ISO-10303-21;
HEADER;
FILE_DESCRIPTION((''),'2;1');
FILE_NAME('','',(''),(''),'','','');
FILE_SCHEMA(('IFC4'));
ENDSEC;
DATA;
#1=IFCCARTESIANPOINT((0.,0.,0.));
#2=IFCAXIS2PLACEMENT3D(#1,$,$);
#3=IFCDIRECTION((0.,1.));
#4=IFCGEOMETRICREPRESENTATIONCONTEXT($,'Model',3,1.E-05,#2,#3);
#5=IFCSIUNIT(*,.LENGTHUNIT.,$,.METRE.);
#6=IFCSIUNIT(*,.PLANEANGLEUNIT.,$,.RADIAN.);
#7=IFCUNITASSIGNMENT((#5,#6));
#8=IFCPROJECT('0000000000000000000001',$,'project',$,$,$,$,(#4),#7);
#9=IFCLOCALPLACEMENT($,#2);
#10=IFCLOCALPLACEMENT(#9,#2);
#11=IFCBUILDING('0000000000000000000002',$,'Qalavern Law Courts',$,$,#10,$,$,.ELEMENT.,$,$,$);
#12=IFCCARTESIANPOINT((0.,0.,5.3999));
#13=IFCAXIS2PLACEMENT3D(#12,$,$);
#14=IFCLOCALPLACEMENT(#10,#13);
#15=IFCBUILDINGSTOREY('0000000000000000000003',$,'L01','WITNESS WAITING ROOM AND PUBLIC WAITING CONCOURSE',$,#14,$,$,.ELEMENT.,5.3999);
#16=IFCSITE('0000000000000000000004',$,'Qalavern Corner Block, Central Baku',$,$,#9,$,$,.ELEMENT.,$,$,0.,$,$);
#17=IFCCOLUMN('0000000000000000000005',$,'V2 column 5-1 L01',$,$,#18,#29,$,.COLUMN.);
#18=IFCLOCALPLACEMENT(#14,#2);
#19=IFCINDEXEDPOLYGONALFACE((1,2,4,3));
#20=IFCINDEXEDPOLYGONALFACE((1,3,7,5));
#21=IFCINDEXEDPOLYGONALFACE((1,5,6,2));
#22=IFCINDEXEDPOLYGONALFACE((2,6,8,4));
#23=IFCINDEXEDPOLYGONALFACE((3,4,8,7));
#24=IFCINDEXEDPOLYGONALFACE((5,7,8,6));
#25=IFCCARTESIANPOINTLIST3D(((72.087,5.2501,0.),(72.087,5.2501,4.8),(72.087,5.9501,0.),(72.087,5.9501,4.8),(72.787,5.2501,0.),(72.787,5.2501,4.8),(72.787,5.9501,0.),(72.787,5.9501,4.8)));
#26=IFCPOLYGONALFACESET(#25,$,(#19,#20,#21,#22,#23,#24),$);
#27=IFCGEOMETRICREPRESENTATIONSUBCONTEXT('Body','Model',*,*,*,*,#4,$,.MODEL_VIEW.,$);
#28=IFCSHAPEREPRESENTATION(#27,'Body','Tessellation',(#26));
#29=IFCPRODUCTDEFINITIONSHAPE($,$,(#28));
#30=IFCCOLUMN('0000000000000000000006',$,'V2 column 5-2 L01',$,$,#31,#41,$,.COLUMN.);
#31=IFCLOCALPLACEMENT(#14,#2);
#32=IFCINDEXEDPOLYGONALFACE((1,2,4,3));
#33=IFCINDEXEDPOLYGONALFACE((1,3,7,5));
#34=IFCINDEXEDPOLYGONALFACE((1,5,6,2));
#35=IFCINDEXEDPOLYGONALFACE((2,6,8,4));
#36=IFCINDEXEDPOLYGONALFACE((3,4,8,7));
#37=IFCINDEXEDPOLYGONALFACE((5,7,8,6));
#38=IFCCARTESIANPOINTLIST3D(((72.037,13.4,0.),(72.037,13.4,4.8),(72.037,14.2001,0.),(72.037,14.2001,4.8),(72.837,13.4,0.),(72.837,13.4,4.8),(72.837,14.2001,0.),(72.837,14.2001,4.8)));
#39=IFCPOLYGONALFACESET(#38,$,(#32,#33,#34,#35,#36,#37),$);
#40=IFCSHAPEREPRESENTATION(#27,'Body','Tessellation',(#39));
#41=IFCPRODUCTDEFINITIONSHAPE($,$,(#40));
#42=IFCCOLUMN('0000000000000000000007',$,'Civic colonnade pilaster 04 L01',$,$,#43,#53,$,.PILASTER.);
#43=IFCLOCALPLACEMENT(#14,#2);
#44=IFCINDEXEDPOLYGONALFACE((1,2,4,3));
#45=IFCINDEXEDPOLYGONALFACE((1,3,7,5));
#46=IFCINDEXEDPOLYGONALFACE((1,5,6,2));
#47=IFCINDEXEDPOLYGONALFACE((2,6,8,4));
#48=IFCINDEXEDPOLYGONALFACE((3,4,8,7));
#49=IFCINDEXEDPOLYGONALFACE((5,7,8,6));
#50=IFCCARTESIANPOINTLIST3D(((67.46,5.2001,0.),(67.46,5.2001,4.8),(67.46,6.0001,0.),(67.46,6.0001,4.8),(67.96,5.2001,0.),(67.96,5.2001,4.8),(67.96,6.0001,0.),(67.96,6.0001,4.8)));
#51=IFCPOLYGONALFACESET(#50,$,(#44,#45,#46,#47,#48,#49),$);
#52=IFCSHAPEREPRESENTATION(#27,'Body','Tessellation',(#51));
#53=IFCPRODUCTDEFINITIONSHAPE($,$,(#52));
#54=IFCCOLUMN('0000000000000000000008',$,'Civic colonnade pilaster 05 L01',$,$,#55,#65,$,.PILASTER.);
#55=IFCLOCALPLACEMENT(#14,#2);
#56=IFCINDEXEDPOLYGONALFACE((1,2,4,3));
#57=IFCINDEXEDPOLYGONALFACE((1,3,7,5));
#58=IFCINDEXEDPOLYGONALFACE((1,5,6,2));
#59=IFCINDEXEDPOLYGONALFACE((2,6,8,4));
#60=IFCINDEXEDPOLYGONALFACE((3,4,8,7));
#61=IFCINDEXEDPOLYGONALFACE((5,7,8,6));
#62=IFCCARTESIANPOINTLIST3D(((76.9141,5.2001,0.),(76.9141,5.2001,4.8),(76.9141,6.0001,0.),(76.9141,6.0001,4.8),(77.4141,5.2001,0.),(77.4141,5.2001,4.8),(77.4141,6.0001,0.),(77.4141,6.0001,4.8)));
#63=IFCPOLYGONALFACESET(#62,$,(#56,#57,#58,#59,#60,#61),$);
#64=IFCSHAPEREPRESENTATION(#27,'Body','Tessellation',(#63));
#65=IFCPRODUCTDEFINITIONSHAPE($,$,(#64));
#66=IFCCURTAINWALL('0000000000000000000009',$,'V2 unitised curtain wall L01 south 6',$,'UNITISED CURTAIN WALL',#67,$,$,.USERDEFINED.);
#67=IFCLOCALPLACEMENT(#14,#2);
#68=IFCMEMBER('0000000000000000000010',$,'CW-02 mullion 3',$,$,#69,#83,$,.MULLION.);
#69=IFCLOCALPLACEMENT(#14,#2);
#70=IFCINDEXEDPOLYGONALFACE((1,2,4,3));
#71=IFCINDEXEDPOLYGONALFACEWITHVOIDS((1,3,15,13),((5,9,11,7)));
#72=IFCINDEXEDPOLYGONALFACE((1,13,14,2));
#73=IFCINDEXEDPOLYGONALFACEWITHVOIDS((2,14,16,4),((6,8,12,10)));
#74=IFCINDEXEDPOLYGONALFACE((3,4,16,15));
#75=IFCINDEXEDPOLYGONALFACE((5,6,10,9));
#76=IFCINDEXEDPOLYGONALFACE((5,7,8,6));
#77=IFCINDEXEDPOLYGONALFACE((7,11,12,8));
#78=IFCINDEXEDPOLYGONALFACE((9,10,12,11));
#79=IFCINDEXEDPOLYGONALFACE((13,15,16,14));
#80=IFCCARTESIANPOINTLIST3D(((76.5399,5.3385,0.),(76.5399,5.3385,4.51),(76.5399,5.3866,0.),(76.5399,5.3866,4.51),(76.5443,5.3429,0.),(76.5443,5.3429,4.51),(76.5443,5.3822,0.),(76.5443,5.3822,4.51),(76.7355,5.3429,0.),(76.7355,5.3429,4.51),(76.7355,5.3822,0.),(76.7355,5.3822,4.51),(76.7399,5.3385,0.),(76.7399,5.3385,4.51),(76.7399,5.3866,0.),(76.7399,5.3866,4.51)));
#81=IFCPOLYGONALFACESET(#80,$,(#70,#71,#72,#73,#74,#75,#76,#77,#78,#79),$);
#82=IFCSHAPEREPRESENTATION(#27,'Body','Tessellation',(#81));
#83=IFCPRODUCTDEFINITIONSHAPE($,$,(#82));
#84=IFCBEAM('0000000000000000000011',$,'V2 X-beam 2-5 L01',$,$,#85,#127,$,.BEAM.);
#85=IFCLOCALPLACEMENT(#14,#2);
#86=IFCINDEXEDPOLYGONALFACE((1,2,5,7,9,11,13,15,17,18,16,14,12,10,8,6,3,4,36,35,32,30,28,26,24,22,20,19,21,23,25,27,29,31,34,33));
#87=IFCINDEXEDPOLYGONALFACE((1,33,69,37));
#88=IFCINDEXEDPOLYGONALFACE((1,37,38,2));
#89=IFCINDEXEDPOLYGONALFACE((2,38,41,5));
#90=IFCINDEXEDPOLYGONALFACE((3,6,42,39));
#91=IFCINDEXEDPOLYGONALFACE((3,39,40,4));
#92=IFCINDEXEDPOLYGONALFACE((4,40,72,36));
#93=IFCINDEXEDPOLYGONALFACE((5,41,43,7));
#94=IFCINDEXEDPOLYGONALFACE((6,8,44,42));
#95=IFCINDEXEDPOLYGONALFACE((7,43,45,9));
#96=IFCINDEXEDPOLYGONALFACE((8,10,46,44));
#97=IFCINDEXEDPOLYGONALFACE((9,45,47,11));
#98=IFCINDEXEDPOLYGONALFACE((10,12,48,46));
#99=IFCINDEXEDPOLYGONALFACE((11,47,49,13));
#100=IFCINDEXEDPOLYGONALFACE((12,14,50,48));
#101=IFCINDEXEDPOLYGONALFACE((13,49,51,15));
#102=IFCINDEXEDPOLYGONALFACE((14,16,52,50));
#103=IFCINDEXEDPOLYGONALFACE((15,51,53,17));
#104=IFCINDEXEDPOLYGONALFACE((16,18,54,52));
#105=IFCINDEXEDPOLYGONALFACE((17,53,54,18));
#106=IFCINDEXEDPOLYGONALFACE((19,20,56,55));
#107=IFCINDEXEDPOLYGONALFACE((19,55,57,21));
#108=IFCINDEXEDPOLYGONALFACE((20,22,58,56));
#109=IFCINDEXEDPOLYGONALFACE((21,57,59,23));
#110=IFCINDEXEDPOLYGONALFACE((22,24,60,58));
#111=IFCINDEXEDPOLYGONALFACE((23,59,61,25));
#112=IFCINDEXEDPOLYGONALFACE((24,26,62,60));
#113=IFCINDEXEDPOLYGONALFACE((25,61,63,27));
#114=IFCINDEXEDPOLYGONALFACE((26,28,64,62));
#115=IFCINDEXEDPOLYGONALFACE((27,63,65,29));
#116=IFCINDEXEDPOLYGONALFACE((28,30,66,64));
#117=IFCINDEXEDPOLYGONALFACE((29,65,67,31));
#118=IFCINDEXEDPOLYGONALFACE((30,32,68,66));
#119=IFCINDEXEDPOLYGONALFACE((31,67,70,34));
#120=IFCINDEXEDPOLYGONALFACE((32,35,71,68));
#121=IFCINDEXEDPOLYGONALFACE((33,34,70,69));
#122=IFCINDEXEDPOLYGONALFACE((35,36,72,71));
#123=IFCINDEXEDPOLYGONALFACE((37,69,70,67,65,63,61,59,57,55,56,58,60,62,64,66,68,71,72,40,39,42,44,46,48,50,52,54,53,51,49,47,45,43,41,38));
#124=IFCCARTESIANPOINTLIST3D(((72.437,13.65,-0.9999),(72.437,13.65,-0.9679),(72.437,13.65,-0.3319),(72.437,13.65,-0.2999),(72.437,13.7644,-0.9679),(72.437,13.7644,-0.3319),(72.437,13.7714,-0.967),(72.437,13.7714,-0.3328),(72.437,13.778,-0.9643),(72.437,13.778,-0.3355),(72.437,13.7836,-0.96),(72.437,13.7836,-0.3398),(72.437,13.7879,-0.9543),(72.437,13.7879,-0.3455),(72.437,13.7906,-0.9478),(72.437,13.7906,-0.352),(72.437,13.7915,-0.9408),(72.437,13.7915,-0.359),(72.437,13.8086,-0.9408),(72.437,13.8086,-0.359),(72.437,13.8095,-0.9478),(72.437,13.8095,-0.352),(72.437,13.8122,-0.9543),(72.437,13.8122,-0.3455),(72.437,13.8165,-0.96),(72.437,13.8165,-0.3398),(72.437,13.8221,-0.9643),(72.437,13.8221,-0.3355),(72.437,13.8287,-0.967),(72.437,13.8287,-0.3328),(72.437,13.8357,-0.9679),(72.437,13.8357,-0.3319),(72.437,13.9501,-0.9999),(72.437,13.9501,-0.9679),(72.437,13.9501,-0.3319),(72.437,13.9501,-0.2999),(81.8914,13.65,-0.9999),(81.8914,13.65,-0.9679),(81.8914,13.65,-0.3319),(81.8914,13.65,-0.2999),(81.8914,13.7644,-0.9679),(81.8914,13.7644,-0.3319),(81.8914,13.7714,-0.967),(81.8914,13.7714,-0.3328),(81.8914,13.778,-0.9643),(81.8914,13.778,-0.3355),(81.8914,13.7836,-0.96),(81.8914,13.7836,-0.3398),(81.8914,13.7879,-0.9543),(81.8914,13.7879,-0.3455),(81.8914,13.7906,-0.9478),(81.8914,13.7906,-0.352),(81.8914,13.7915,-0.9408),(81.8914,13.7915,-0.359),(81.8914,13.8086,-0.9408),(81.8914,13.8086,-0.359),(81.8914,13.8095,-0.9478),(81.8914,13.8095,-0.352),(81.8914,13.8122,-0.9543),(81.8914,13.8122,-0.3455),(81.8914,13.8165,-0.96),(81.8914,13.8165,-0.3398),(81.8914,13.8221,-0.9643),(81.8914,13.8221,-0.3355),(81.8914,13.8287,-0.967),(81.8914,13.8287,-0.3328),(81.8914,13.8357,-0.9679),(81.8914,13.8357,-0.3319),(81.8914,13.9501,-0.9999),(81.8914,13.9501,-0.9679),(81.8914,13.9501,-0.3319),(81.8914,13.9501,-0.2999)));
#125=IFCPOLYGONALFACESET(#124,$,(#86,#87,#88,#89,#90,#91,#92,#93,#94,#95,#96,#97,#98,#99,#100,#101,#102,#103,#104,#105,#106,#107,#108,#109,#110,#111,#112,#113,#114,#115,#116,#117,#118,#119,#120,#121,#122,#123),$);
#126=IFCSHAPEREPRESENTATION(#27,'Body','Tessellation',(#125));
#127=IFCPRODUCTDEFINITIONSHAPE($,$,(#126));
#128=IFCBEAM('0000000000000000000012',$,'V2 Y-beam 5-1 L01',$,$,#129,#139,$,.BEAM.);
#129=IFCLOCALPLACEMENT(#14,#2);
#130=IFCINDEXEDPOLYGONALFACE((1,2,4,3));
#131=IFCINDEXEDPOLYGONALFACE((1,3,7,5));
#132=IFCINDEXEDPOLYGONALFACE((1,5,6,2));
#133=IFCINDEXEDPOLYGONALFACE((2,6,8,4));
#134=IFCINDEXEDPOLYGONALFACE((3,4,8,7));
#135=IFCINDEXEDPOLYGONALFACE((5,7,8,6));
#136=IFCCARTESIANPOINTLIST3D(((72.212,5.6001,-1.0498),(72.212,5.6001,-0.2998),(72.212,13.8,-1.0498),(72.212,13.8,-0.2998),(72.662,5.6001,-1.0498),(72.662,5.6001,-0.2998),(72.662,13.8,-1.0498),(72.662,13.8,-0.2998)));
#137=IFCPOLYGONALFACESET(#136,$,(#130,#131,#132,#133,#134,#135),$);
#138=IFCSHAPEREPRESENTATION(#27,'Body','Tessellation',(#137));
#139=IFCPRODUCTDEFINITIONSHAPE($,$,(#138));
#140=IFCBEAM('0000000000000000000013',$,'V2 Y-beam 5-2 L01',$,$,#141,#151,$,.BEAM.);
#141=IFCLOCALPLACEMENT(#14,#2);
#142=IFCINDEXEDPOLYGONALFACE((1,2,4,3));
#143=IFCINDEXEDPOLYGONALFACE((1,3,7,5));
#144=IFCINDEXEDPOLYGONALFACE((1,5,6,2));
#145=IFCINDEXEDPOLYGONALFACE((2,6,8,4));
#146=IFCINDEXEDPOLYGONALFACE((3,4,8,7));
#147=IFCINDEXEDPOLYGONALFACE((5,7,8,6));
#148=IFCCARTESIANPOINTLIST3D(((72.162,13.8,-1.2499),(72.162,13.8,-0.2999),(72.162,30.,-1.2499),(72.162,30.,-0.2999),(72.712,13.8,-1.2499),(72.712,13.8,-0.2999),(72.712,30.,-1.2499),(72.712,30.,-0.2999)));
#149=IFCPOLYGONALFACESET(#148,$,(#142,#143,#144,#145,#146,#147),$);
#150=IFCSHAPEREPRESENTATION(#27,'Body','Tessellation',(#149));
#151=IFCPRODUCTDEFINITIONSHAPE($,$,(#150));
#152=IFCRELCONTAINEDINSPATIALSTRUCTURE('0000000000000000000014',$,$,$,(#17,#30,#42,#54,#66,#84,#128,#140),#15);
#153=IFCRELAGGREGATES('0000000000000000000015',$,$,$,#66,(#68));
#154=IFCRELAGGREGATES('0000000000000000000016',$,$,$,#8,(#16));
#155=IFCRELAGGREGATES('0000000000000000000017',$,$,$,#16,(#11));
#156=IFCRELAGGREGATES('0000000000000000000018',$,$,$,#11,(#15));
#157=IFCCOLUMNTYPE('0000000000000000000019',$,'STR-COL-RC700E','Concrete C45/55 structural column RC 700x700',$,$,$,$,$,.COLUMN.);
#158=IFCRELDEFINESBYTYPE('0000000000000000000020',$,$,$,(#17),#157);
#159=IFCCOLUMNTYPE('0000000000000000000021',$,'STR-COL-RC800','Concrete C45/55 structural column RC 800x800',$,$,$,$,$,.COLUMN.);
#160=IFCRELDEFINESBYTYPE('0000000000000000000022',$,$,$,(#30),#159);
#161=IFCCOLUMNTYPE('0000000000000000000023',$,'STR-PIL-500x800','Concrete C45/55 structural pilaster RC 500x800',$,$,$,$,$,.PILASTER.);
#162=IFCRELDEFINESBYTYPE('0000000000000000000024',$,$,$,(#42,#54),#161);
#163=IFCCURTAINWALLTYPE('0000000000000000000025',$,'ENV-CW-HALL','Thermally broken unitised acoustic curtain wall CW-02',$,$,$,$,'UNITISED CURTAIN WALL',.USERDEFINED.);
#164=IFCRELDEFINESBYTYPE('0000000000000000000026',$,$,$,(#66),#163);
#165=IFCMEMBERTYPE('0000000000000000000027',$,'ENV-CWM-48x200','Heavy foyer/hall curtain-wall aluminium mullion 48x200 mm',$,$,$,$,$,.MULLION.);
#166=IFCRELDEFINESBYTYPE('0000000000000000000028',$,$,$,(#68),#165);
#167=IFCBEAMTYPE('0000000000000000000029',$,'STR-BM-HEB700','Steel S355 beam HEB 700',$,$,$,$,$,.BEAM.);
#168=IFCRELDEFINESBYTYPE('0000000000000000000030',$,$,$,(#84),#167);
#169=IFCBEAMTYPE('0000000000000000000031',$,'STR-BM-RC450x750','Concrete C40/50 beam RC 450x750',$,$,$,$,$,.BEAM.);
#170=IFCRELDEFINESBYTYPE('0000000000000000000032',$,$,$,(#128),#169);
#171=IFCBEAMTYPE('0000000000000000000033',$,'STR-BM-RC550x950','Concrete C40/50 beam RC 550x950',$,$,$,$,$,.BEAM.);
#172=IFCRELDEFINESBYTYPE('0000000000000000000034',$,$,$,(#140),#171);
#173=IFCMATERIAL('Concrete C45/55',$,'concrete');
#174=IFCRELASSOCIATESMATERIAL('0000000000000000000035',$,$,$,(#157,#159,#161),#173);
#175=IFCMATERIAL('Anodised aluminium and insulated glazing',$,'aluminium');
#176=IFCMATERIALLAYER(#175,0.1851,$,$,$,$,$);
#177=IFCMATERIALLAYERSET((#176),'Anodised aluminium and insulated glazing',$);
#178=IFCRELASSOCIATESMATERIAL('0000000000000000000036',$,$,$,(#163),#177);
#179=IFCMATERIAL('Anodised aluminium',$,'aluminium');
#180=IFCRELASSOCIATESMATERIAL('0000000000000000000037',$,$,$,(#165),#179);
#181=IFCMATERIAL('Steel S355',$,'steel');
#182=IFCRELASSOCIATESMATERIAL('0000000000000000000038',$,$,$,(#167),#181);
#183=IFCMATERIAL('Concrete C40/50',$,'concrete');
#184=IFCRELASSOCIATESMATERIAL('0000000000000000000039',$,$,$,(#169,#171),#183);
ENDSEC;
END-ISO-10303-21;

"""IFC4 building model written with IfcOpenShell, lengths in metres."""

from ifc_helpers import new_model, si_unit, direction, frame, origin, origin_2d, place, context, subcontext, project, spatial, rectangle, hollow_rectangle, i_section, extrude, material, layer, layer_set, material_profile, profile_set, type_object, element, aggregate, save


model = new_model("IFC4")

# Units and contexts
model_context = context("Model", 3, precision=1e-05, world=origin(), true_north=direction((0.0, 1.0)))
body_context = subcontext(model_context, "Body", "Model", "MODEL_VIEW")
ifc_project = project(units=[si_unit("LENGTHUNIT", "METRE"), si_unit("PLANEANGLEUNIT", "RADIAN")], contexts=[model_context])

# Site, building, storey
site_placement = place(None, origin())
site = spatial("IfcSite", under=ifc_project, at=site_placement, Name="Qalavern Corner Block, Central Baku", CompositionType="ELEMENT", RefElevation=0.0)
building_placement = place(site_placement, origin())
building = spatial("IfcBuilding", under=site, at=building_placement, Name="Qalavern Law Courts", CompositionType="ELEMENT")
storey_placement = place(building_placement, frame((0.0, 0.0, 5.3999)))
storey = spatial("IfcBuildingStorey", under=building, at=storey_placement, Name="L01", Description="WITNESS WAITING ROOM AND PUBLIC WAITING CONCOURSE", CompositionType="ELEMENT", Elevation=5.3999)

# Columns
ifc_material_1 = material(Name="Concrete C45/55", Category="concrete")
ifc_material_profile_1 = material_profile(ifc_material_1, rectangle(XDim=0.7, YDim=0.7, at=origin_2d()), Name="RC 700x700")
ifc_profile_set_1 = profile_set([ifc_material_profile_1], Name="Concrete C45/55")
column_type_1 = type_object("IfcColumnType", Name="STR-COL-RC700E", Description="Concrete C45/55 structural column RC 700x700", PredefinedType="COLUMN", material=ifc_profile_set_1)
column_1_placement = place(storey_placement, frame((72.437, 5.6001, 0.0), z_axis=(0.0, 0.0, 1.0), x_axis=(1.0, 0.0, 0.0)))
element("IfcColumn", 1, at=column_1_placement, inside=storey, type_object=column_type_1, Name="V2 column 5-1 L01", PredefinedType="COLUMN", context=body_context, shape_type="SweptSolid", body=[
    extrude(rectangle(XDim=0.7, YDim=0.7, at=origin_2d()), origin(), (0.0, 0.0, 1.0), 4.8),
])
ifc_material_profile_2 = material_profile(ifc_material_1, rectangle(XDim=0.8, YDim=0.8, at=origin_2d()), Name="RC 800x800")
ifc_profile_set_2 = profile_set([ifc_material_profile_2], Name="Concrete C45/55")
column_type_2 = type_object("IfcColumnType", Name="STR-COL-RC800", Description="Concrete C45/55 structural column RC 800x800", PredefinedType="COLUMN", material=ifc_profile_set_2)
column_2_placement = place(storey_placement, frame((72.437, 13.8, 0.0), z_axis=(0.0, 0.0, 1.0), x_axis=(1.0, 0.0, 0.0)))
element("IfcColumn", 2, at=column_2_placement, inside=storey, type_object=column_type_2, Name="V2 column 5-2 L01", PredefinedType="COLUMN", context=body_context, shape_type="SweptSolid", body=[
    extrude(rectangle(XDim=0.8, YDim=0.8, at=origin_2d()), origin(), (0.0, 0.0, 1.0), 4.8),
])
ifc_material_profile_3 = material_profile(ifc_material_1, rectangle(XDim=0.5, YDim=0.8, at=origin_2d()), Name="RC 500x800")
ifc_profile_set_3 = profile_set([ifc_material_profile_3], Name="Concrete C45/55")
column_type_3 = type_object("IfcColumnType", Name="STR-PIL-500x800", Description="Concrete C45/55 structural pilaster RC 500x800", PredefinedType="PILASTER", material=ifc_profile_set_3)
for number, where, z_axis, x_axis, name in (
    (3, (67.71, 5.6001, 0.0), (0.0, 0.0, 1.0), (1.0, 0.0, 0.0), "Civic colonnade pilaster 04 L01"),
    (4, (77.1641, 5.6001, 0.0), (0.0, 0.0, 1.0), (1.0, 0.0, 0.0), "Civic colonnade pilaster 05 L01"),
):
    element("IfcColumn", number, at=place(storey_placement, frame(where, z_axis=z_axis, x_axis=x_axis)), inside=storey, type_object=column_type_3, Name=name, PredefinedType="PILASTER", context=body_context, shape_type="SweptSolid", body=[
        extrude(rectangle(XDim=0.5, YDim=0.8, at=origin_2d()), origin(), (0.0, 0.0, 1.0), 4.8),
    ])

# Curtain wall, member
ifc_material_2 = material(Name="Anodised aluminium and insulated glazing", Category="aluminium")
ifc_layer_1 = layer(ifc_material_2, 0.1851)
ifc_layer_set_1 = layer_set([ifc_layer_1], Name="Anodised aluminium and insulated glazing")
curtain_wall_type = type_object("IfcCurtainWallType", Name="ENV-CW-HALL", Description="Thermally broken unitised acoustic curtain wall CW-02", ElementType="UNITISED CURTAIN WALL", PredefinedType="USERDEFINED", material=ifc_layer_set_1)
curtain_wall_placement = place(storey_placement, origin())
curtain_wall = element("IfcCurtainWall", 5, at=curtain_wall_placement, inside=storey, type_object=curtain_wall_type, Name="V2 unitised curtain wall L01 south 6", ObjectType="UNITISED CURTAIN WALL", PredefinedType="USERDEFINED")
ifc_material_3 = material(Name="Anodised aluminium", Category="aluminium")
ifc_material_profile_4 = material_profile(ifc_material_3, hollow_rectangle(XDim=0.0481, YDim=0.2, WallThickness=0.0044, at=origin_2d()), Name="ALU MULLION 48x200")
ifc_profile_set_4 = profile_set([ifc_material_profile_4], Name="Anodised aluminium")
member_type = type_object("IfcMemberType", Name="ENV-CWM-48x200", Description="Heavy foyer/hall curtain-wall aluminium mullion 48x200 mm", PredefinedType="MULLION", material=ifc_profile_set_4)
member_placement = place(storey_placement, frame((76.6399, 5.3625, 0.0), z_axis=(0.0, 0.0, 1.0), x_axis=(0.0, 1.0, 0.0)))
member = element("IfcMember", 6, at=member_placement, type_object=member_type, Name="CW-02 mullion 3", PredefinedType="MULLION", context=body_context, shape_type="SweptSolid", body=[
    extrude(hollow_rectangle(XDim=0.0481, YDim=0.2, WallThickness=0.0044, at=origin_2d()), origin(), (0.0, 0.0, 1.0), 4.51),
])

# Beams
ifc_material_4 = material(Name="Steel S355", Category="steel")
ifc_material_profile_5 = material_profile(ifc_material_4, i_section(OverallWidth=0.3, OverallDepth=0.7, WebThickness=0.0171, FlangeThickness=0.032, FilletRadius=0.0271, at=origin_2d()), Name="HEB 700")
ifc_profile_set_5 = profile_set([ifc_material_profile_5], Name="Steel S355")
beam_type_1 = type_object("IfcBeamType", Name="STR-BM-HEB700", Description="Steel S355 beam HEB 700", PredefinedType="BEAM", material=ifc_profile_set_5)
beam_1_placement = place(storey_placement, frame((72.437, 13.8, -0.6499), z_axis=(1.0, 0.0, 0.0), x_axis=(0.0, 1.0, 0.0)))
element("IfcBeam", 7, at=beam_1_placement, inside=storey, type_object=beam_type_1, Name="V2 X-beam 2-5 L01", PredefinedType="BEAM", context=body_context, shape_type="SweptSolid", body=[
    extrude(i_section(OverallWidth=0.3, OverallDepth=0.7, WebThickness=0.0171, FlangeThickness=0.032, FilletRadius=0.0271, at=origin_2d()), origin(), (0.0, 0.0, 1.0), 9.4543),
])
ifc_material_5 = material(Name="Concrete C40/50", Category="concrete")
ifc_material_profile_6 = material_profile(ifc_material_5, rectangle(XDim=0.45, YDim=0.75, at=origin_2d()), Name="RC 450x750")
ifc_profile_set_6 = profile_set([ifc_material_profile_6], Name="Concrete C40/50")
beam_type_2 = type_object("IfcBeamType", Name="STR-BM-RC450x750", Description="Concrete C40/50 beam RC 450x750", PredefinedType="BEAM", material=ifc_profile_set_6)
beam_2_placement = place(storey_placement, frame((72.437, 5.6001, -0.6748), z_axis=(0.0, 1.0, 0.0), x_axis=(-1.0, 0.0, 0.0)))
element("IfcBeam", 8, at=beam_2_placement, inside=storey, type_object=beam_type_2, Name="V2 Y-beam 5-1 L01", PredefinedType="BEAM", context=body_context, shape_type="SweptSolid", body=[
    extrude(rectangle(XDim=0.45, YDim=0.75, at=origin_2d()), origin(), (0.0, 0.0, 1.0), 8.2),
])
ifc_material_profile_7 = material_profile(ifc_material_5, rectangle(XDim=0.55, YDim=0.95, at=origin_2d()), Name="RC 550x950")
ifc_profile_set_7 = profile_set([ifc_material_profile_7], Name="Concrete C40/50")
beam_type_3 = type_object("IfcBeamType", Name="STR-BM-RC550x950", Description="Concrete C40/50 beam RC 550x950", PredefinedType="BEAM", material=ifc_profile_set_7)
beam_3_placement = place(storey_placement, frame((72.437, 13.8, -0.7749), z_axis=(0.0, 1.0, 0.0), x_axis=(-1.0, 0.0, 0.0)))
element("IfcBeam", 9, at=beam_3_placement, inside=storey, type_object=beam_type_3, Name="V2 Y-beam 5-2 L01", PredefinedType="BEAM", context=body_context, shape_type="SweptSolid", body=[
    extrude(rectangle(XDim=0.55, YDim=0.95, at=origin_2d()), origin(), (0.0, 0.0, 1.0), 16.2),
])

aggregate(curtain_wall, [member])

save(model, "model.ifc")
